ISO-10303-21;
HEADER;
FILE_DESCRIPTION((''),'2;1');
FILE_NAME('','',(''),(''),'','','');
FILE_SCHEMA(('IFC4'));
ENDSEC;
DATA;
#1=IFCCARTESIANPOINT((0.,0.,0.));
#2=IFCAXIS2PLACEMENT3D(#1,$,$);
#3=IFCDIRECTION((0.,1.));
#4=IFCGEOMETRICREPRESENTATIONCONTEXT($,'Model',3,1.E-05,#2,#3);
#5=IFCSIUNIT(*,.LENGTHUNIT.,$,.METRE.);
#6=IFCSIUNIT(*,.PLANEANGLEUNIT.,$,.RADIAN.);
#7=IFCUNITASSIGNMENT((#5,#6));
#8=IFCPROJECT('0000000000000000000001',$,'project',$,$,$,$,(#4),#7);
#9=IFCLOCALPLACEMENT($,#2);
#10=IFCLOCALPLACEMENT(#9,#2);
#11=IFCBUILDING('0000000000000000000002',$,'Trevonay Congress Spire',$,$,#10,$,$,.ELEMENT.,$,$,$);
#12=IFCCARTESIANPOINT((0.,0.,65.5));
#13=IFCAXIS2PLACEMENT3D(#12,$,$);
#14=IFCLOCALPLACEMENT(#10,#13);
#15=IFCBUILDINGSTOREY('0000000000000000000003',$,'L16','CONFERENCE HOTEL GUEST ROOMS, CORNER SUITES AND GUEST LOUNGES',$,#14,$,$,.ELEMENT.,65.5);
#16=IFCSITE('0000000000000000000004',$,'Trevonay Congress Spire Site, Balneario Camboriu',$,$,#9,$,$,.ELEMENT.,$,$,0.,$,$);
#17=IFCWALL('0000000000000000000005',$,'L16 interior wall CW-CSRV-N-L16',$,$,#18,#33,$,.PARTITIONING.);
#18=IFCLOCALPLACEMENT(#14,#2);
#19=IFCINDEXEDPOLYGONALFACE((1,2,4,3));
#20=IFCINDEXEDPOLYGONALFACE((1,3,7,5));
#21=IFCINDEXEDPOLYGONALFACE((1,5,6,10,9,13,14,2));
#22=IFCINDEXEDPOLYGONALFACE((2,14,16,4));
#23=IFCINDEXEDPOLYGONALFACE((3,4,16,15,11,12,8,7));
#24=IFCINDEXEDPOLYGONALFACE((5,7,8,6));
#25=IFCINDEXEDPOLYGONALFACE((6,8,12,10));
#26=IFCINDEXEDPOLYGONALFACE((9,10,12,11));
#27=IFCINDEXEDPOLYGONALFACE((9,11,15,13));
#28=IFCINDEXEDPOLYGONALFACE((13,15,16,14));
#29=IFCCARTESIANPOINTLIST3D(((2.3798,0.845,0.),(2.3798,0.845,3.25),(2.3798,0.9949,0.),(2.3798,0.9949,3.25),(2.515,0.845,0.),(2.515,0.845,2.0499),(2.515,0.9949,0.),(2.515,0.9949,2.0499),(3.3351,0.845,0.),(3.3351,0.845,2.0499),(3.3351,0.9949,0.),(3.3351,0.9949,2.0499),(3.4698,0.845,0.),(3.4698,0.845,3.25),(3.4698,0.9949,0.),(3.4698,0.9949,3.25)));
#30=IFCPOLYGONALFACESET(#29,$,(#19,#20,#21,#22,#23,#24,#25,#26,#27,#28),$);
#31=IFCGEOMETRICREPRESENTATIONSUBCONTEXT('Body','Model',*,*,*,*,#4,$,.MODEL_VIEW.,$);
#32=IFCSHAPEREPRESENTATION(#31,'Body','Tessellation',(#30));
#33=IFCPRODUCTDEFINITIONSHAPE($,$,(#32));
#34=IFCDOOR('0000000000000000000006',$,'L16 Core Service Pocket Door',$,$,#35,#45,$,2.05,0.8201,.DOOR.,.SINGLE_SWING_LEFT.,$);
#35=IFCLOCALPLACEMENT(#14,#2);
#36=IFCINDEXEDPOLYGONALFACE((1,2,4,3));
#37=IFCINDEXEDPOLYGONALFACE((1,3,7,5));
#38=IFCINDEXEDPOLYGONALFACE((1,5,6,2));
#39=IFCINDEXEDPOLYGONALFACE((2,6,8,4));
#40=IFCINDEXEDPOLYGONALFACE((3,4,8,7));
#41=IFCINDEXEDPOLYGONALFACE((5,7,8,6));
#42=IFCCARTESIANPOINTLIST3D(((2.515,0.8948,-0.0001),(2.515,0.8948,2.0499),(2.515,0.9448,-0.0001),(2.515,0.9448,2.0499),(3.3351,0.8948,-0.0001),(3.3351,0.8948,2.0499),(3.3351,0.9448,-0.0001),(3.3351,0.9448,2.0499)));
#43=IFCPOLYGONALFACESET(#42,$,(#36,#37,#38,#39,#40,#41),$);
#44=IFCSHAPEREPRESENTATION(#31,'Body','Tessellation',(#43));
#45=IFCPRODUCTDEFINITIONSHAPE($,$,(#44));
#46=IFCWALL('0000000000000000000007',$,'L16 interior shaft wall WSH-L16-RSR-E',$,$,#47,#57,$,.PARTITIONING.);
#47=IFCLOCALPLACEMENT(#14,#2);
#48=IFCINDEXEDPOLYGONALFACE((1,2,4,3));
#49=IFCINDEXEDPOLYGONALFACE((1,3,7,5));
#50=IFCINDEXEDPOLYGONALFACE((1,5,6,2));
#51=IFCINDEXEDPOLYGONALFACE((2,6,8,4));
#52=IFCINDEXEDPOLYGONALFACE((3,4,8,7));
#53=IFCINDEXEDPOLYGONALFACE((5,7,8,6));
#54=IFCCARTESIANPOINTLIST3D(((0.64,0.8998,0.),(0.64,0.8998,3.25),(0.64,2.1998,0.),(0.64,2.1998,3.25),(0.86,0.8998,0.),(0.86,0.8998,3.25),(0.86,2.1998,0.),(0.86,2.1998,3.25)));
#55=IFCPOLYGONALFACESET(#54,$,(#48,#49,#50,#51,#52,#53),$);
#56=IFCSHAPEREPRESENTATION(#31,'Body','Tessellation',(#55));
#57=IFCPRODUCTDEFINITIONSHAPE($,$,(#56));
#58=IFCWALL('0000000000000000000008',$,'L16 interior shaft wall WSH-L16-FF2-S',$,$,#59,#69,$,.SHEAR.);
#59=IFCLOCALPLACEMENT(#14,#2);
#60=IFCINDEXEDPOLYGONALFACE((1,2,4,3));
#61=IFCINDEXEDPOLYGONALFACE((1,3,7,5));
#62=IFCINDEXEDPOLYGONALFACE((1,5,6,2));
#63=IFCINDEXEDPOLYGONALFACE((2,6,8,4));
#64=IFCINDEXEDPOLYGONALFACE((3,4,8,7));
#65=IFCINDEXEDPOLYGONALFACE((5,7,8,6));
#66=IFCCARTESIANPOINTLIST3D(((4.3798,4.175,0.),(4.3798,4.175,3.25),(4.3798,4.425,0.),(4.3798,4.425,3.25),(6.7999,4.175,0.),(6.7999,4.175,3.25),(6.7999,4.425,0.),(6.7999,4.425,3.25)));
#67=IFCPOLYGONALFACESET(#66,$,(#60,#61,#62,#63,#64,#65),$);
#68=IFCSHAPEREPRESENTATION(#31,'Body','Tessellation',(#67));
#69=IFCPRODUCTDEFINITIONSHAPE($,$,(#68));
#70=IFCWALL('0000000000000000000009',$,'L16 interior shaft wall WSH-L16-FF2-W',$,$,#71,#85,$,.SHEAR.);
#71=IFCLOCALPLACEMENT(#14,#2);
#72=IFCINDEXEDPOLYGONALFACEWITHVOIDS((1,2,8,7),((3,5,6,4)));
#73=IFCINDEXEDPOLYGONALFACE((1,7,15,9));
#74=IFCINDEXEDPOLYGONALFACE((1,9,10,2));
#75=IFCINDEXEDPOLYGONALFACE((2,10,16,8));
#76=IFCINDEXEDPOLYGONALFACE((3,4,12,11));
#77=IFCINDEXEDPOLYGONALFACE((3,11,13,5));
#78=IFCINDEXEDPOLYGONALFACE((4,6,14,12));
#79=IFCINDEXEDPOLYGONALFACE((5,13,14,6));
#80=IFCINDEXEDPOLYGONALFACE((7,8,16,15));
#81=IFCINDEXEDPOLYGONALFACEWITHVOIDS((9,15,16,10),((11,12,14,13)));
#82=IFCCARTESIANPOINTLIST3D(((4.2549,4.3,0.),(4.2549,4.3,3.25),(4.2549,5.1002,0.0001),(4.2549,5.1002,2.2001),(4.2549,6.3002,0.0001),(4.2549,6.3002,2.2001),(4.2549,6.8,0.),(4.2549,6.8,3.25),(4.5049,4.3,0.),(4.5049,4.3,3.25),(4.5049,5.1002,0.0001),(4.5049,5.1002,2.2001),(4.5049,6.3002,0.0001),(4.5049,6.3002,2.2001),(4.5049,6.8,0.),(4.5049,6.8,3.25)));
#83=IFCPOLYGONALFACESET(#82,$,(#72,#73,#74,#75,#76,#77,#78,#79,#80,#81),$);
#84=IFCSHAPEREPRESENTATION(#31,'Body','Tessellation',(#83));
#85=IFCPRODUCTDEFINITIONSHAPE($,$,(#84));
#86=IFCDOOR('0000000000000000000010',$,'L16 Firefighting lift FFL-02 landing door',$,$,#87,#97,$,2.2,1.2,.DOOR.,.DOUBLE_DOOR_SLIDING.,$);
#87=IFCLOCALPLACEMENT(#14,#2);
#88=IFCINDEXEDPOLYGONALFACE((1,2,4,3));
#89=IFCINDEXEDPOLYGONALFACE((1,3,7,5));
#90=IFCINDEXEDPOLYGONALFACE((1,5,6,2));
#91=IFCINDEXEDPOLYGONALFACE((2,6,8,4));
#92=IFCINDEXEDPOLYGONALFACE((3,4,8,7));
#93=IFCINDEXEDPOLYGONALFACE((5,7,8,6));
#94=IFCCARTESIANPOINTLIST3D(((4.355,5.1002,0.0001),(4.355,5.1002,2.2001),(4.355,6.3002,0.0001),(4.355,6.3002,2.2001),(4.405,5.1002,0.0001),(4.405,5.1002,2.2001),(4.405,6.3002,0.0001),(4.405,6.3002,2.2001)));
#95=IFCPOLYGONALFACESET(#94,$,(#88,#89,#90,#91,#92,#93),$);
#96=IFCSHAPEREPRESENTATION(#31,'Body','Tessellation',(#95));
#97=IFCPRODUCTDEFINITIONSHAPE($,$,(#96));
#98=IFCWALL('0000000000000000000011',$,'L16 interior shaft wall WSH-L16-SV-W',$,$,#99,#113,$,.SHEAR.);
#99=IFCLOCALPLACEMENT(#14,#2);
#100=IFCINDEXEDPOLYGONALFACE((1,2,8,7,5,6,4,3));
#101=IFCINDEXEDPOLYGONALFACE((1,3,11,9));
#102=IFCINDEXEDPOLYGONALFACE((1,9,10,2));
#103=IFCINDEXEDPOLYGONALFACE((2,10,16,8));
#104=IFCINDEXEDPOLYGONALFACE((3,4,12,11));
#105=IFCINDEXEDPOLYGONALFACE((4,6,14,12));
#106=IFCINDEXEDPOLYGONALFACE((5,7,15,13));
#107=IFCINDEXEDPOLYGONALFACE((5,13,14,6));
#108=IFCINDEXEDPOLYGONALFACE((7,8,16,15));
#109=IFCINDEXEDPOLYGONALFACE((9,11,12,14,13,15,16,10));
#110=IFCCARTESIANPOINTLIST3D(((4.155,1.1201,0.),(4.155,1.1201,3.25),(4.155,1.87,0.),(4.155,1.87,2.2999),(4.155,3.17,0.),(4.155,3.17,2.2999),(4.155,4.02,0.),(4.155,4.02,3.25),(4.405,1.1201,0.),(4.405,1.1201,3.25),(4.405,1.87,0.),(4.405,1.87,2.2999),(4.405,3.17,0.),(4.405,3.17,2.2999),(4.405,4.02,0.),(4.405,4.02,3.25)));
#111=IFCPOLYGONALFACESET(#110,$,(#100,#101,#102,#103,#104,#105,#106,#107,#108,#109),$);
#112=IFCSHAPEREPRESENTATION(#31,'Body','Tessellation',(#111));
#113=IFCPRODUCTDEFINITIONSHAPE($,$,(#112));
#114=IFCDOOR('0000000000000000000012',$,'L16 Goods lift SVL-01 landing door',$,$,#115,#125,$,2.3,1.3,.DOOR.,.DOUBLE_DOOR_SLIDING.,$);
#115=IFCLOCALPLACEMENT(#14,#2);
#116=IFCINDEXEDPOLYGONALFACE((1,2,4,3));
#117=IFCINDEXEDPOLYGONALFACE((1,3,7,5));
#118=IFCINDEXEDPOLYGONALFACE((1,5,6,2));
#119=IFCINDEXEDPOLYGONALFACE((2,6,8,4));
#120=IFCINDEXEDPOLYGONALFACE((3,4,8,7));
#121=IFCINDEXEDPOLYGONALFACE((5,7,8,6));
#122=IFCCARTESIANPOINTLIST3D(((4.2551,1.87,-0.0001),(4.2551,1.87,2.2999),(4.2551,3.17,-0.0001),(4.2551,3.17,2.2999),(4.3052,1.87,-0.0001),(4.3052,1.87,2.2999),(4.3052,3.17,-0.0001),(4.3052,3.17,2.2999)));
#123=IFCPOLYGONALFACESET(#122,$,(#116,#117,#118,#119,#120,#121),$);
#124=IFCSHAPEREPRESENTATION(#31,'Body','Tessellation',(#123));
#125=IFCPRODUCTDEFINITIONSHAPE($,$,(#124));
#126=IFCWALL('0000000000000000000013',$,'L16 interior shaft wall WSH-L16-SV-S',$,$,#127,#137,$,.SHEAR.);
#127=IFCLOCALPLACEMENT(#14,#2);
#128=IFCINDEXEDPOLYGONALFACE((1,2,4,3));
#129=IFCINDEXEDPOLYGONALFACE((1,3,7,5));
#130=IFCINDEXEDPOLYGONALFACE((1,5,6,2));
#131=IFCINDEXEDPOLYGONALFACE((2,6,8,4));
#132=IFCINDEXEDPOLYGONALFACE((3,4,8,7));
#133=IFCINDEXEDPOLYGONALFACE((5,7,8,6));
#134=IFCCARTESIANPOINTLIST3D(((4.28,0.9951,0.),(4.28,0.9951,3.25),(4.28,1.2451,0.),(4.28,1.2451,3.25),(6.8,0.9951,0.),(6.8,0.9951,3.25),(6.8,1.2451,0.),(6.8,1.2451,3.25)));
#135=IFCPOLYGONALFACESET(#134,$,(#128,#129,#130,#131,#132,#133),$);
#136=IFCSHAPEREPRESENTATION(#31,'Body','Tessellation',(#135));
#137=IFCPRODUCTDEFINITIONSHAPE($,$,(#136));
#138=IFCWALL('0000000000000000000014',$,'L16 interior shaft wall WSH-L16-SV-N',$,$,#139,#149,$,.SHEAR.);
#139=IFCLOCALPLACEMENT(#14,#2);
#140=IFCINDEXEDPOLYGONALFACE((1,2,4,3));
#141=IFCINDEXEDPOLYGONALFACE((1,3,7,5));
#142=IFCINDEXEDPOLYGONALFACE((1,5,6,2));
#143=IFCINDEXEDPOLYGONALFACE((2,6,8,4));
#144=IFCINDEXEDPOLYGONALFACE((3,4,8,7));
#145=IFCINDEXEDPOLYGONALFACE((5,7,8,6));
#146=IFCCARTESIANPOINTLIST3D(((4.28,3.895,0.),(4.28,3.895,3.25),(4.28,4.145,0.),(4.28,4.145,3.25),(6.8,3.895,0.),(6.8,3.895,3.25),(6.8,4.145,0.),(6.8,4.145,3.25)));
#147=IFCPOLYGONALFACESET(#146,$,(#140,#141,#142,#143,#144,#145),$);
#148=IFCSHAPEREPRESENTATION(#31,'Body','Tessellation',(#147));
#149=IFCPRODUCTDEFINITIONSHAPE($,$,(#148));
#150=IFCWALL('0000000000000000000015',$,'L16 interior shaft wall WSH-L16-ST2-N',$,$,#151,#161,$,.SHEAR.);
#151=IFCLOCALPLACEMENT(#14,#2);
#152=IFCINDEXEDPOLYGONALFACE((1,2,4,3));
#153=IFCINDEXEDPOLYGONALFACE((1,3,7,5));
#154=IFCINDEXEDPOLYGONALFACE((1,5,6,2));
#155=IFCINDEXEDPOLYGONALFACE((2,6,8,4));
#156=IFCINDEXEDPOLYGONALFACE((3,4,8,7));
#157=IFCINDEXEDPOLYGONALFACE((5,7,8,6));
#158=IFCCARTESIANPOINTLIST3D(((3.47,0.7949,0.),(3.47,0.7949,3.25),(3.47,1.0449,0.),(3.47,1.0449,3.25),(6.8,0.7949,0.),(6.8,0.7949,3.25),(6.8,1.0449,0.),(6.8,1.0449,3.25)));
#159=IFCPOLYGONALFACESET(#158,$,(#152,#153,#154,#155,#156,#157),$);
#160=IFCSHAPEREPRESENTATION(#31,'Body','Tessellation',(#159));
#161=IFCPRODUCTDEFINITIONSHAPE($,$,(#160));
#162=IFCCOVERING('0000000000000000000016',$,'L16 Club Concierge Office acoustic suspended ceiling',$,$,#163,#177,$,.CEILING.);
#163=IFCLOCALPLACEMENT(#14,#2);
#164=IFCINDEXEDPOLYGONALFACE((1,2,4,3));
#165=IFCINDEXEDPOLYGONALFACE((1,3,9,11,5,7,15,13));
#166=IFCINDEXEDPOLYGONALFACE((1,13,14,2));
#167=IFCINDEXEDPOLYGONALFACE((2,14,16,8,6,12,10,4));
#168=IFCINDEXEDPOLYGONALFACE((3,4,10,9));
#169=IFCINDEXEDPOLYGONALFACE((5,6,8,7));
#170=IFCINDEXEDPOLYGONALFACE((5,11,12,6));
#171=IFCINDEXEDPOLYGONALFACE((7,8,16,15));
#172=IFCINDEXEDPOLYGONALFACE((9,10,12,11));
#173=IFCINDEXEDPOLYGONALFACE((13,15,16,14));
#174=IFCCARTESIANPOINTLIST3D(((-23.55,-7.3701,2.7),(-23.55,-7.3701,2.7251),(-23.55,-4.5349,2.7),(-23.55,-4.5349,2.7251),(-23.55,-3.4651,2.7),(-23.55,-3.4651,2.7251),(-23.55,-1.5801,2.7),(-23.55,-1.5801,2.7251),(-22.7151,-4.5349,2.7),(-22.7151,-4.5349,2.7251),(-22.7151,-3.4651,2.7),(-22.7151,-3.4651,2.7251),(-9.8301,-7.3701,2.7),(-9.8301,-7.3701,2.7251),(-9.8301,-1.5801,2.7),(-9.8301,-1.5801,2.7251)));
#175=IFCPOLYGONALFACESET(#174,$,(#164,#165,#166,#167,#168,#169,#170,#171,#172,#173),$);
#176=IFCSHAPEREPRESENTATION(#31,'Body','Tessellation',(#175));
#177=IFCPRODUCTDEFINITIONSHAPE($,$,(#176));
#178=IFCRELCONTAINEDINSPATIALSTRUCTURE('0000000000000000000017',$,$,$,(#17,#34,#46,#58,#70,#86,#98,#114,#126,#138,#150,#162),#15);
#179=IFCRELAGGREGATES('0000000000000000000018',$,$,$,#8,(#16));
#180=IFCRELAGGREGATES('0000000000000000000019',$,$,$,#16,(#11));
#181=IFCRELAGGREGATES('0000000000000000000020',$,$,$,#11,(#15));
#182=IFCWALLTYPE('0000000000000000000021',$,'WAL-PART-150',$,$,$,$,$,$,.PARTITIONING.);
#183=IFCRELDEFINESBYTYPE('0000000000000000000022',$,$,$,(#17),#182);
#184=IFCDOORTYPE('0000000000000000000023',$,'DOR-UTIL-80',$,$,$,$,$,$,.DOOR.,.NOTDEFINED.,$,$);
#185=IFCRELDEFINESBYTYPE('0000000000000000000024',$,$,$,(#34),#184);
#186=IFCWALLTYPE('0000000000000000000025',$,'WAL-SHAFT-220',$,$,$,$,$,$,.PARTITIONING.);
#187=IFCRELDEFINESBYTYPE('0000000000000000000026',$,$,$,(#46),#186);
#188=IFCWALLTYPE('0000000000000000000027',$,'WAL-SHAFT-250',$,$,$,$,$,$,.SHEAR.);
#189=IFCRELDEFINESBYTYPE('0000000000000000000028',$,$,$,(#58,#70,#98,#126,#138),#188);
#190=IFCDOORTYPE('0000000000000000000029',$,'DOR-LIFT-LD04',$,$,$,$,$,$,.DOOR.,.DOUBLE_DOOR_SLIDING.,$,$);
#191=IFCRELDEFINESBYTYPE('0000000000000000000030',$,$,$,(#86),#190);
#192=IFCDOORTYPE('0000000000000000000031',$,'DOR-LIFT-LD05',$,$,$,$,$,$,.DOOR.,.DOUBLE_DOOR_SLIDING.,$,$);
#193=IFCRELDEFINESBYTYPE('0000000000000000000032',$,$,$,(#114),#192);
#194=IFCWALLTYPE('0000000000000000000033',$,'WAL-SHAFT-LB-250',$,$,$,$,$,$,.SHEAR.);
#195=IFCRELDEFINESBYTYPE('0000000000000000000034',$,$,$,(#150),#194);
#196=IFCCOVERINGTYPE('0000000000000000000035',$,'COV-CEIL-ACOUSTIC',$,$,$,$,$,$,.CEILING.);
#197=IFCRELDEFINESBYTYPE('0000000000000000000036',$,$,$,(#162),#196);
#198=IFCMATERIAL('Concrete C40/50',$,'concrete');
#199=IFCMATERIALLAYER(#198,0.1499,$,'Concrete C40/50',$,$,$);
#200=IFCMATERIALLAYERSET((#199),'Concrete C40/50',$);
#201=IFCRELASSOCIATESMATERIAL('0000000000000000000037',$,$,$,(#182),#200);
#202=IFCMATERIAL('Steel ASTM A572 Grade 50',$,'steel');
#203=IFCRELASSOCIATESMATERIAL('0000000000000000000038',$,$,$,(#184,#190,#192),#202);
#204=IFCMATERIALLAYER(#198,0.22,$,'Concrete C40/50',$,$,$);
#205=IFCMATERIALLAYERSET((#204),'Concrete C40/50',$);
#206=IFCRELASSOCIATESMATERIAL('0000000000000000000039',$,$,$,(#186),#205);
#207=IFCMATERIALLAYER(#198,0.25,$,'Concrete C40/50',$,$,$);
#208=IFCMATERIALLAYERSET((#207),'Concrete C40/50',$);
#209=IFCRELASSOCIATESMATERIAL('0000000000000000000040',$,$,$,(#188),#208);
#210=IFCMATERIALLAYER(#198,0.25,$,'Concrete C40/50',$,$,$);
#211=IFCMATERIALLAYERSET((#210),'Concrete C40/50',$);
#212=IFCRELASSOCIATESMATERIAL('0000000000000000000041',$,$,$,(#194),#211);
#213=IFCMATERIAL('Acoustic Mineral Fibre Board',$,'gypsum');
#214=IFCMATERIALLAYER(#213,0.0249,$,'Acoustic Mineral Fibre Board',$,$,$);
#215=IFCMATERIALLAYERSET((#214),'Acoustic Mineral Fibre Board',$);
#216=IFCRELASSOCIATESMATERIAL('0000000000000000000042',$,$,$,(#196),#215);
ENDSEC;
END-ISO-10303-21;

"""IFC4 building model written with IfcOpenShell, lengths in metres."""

from ifc_helpers import new_model, si_unit, direction, frame, frame_2d, origin, place, context, subcontext, project, spatial, polyline, rectangle, outline, extrude, material, layer, layer_set, type_object, element, fill, save


model = new_model("IFC4")

# Units and contexts
model_context = context("Model", 3, precision=1e-05, world=origin(), true_north=direction((0.0, 1.0)))
body_context = subcontext(model_context, "Body", "Model", "MODEL_VIEW")
ifc_project = project(units=[si_unit("LENGTHUNIT", "METRE"), si_unit("PLANEANGLEUNIT", "RADIAN")], contexts=[model_context])

# Site, building, storey
site_placement = place(None, origin())
site = spatial("IfcSite", under=ifc_project, at=site_placement, Name="Trevonay Congress Spire Site, Balneario Camboriu", CompositionType="ELEMENT", RefElevation=0.0)
building_placement = place(site_placement, origin())
building = spatial("IfcBuilding", under=site, at=building_placement, Name="Trevonay Congress Spire", CompositionType="ELEMENT")
storey_placement = place(building_placement, frame((0.0, 0.0, 65.5)))
storey = spatial("IfcBuildingStorey", under=building, at=storey_placement, Name="L16", Description="CONFERENCE HOTEL GUEST ROOMS, CORNER SUITES AND GUEST LOUNGES", CompositionType="ELEMENT", Elevation=65.5)

# Shared definitions
ifc_material_1 = material(Name="Steel ASTM A572 Grade 50", Category="steel")

# Wall, opening, door
ifc_material_2 = material(Name="Concrete C40/50", Category="concrete")
ifc_layer_1 = layer(ifc_material_2, 0.1499, Name="Concrete C40/50")
ifc_layer_set_1 = layer_set([ifc_layer_1], Name="Concrete C40/50")
wall_type_1 = type_object("IfcWallType", Name="WAL-PART-150", PredefinedType="PARTITIONING", material=ifc_layer_set_1)
wall_1_placement = place(storey_placement, frame((2.3799, 0.9199, 0.0), z_axis=(0.0, 0.0, 1.0), x_axis=(1.0, 0.0, 0.0)))
wall_1 = element("IfcWall", 1, at=wall_1_placement, inside=storey, type_object=wall_type_1, Name="L16 interior wall CW-CSRV-N-L16", PredefinedType="PARTITIONING", context=body_context, shape_type="SweptSolid", body=[
    extrude(rectangle(XDim=1.0901, YDim=0.1499, at=frame_2d((0.5449, 0.0))), origin(), (0.0, 0.0, 1.0), 3.25),
])
opening_1_placement = place(wall_1_placement, frame((0.135, 0.0, 0.0)))
opening_1 = element("IfcOpeningElement", 2, at=opening_1_placement, cuts=wall_1, PredefinedType="OPENING", context=body_context, shape_type="SweptSolid", body=[
    extrude(rectangle(XDim=0.8201, YDim=2.05, at=frame_2d((0.4102, 1.0249))), frame((0.0, 0.085, 0.0), z_axis=(0.0, -1.0, 0.0), x_axis=(1.0, 0.0, 0.0)), (0.0, 0.0, 1.0), 0.1699),
])
door_type_1 = type_object("IfcDoorType", Name="DOR-UTIL-80", OperationType="NOTDEFINED", PredefinedType="DOOR", material=ifc_material_1)
door_1_placement = place(opening_1_placement, origin())
door_1 = element("IfcDoor", 3, at=door_1_placement, inside=storey, type_object=door_type_1, Name="L16 Core Service Pocket Door", OperationType="SINGLE_SWING_LEFT", OverallHeight=2.05, OverallWidth=0.8201, PredefinedType="DOOR", context=body_context, shape_type="SweptSolid", body=[
    extrude(rectangle(XDim=0.8201, YDim=2.05, at=frame_2d((0.4102, 1.0249))), frame((0.0, 0.0249, 0.0), z_axis=(0.0, -1.0, 0.0), x_axis=(1.0, 0.0, 0.0)), (0.0, 0.0, 1.0), 0.05),
])
fill(opening_1, door_1)

# Walls
ifc_layer_2 = layer(ifc_material_2, 0.22, Name="Concrete C40/50")
ifc_layer_set_2 = layer_set([ifc_layer_2], Name="Concrete C40/50")
wall_type_2 = type_object("IfcWallType", Name="WAL-SHAFT-220", PredefinedType="PARTITIONING", material=ifc_layer_set_2)
wall_2_placement = place(storey_placement, frame((0.75, 0.8999, 0.0), z_axis=(0.0, 0.0, 1.0), x_axis=(0.0, 1.0, 0.0)))
element("IfcWall", 4, at=wall_2_placement, inside=storey, type_object=wall_type_2, Name="L16 interior shaft wall WSH-L16-RSR-E", PredefinedType="PARTITIONING", context=body_context, shape_type="SweptSolid", body=[
    extrude(rectangle(XDim=1.3, YDim=0.22, at=frame_2d((0.6499, 0.0))), origin(), (0.0, 0.0, 1.0), 3.25),
])
ifc_layer_3 = layer(ifc_material_2, 0.25, Name="Concrete C40/50")
ifc_layer_set_3 = layer_set([ifc_layer_3], Name="Concrete C40/50")
wall_type_3 = type_object("IfcWallType", Name="WAL-SHAFT-250", PredefinedType="SHEAR", material=ifc_layer_set_3)
wall_3_placement = place(storey_placement, frame((4.3799, 4.3, 0.0), z_axis=(0.0, 0.0, 1.0), x_axis=(1.0, 0.0, 0.0)))
element("IfcWall", 5, at=wall_3_placement, inside=storey, type_object=wall_type_3, Name="L16 interior shaft wall WSH-L16-FF2-S", PredefinedType="SHEAR", context=body_context, shape_type="SweptSolid", body=[
    extrude(rectangle(XDim=2.4202, YDim=0.25, at=frame_2d((1.21, 0.0))), origin(), (0.0, 0.0, 1.0), 3.25),
])

# Walls, openings, doors
wall_4_placement = place(storey_placement, frame((4.3799, 4.3, 0.0), z_axis=(0.0, 0.0, 1.0), x_axis=(0.0, 1.0, 0.0)))
wall_4 = element("IfcWall", 6, at=wall_4_placement, inside=storey, type_object=wall_type_3, Name="L16 interior shaft wall WSH-L16-FF2-W", PredefinedType="SHEAR", context=body_context, shape_type="SweptSolid", body=[
    extrude(rectangle(XDim=2.5, YDim=0.25, at=frame_2d((1.25, 0.0))), origin(), (0.0, 0.0, 1.0), 3.25),
])
opening_2_placement = place(wall_4_placement, frame((0.8, 0.0, 0.0)))
opening_2 = element("IfcOpeningElement", 7, at=opening_2_placement, cuts=wall_4, PredefinedType="OPENING", context=body_context, shape_type="SweptSolid", body=[
    extrude(rectangle(XDim=1.2, YDim=2.2, at=frame_2d((0.6001, 1.1001))), frame((0.0, 0.135, 0.0), z_axis=(0.0, -1.0, 0.0), x_axis=(1.0, 0.0, 0.0)), (0.0, 0.0, 1.0), 0.27),
])
door_type_2 = type_object("IfcDoorType", Name="DOR-LIFT-LD04", OperationType="DOUBLE_DOOR_SLIDING", PredefinedType="DOOR", material=ifc_material_1)
door_2_placement = place(opening_2_placement, origin())
door_2 = element("IfcDoor", 8, at=door_2_placement, inside=storey, type_object=door_type_2, Name="L16 Firefighting lift FFL-02 landing door", OperationType="DOUBLE_DOOR_SLIDING", OverallHeight=2.2, OverallWidth=1.2, PredefinedType="DOOR", context=body_context, shape_type="SweptSolid", body=[
    extrude(rectangle(XDim=1.2, YDim=2.2, at=frame_2d((0.6001, 1.1001))), frame((0.0, 0.0249, 0.0), z_axis=(0.0, -1.0, 0.0), x_axis=(1.0, 0.0, 0.0)), (0.0, 0.0, 1.0), 0.05),
])
fill(opening_2, door_2)
wall_5_placement = place(storey_placement, frame((4.28, 1.1201, 0.0), z_axis=(0.0, 0.0, 1.0), x_axis=(0.0, 1.0, 0.0)))
wall_5 = element("IfcWall", 9, at=wall_5_placement, inside=storey, type_object=wall_type_3, Name="L16 interior shaft wall WSH-L16-SV-W", PredefinedType="SHEAR", context=body_context, shape_type="SweptSolid", body=[
    extrude(rectangle(XDim=2.8999, YDim=0.25, at=frame_2d((1.45, 0.0))), origin(), (0.0, 0.0, 1.0), 3.25),
])
opening_3_placement = place(wall_5_placement, frame((0.75, 0.0, 0.0)))
opening_3 = element("IfcOpeningElement", 10, at=opening_3_placement, cuts=wall_5, PredefinedType="OPENING", context=body_context, shape_type="SweptSolid", body=[
    extrude(rectangle(XDim=1.3, YDim=2.3, at=frame_2d((0.6499, 1.1499))), frame((0.0, 0.135, 0.0), z_axis=(0.0, -1.0, 0.0), x_axis=(1.0, 0.0, 0.0)), (0.0, 0.0, 1.0), 0.27),
])
door_type_3 = type_object("IfcDoorType", Name="DOR-LIFT-LD05", OperationType="DOUBLE_DOOR_SLIDING", PredefinedType="DOOR", material=ifc_material_1)
door_3_placement = place(opening_3_placement, origin())
door_3 = element("IfcDoor", 11, at=door_3_placement, inside=storey, type_object=door_type_3, Name="L16 Goods lift SVL-01 landing door", OperationType="DOUBLE_DOOR_SLIDING", OverallHeight=2.3, OverallWidth=1.3, PredefinedType="DOOR", context=body_context, shape_type="SweptSolid", body=[
    extrude(rectangle(XDim=1.3, YDim=2.3, at=frame_2d((0.6499, 1.1499))), frame((0.0, 0.0249, 0.0), z_axis=(0.0, -1.0, 0.0), x_axis=(1.0, 0.0, 0.0)), (0.0, 0.0, 1.0), 0.05),
])
fill(opening_3, door_3)

# Walls
for number, where, z_axis, x_axis, name in (
    (12, (4.28, 1.1201, 0.0), (0.0, 0.0, 1.0), (1.0, 0.0, 0.0), "L16 interior shaft wall WSH-L16-SV-S"),
    (13, (4.28, 4.02, 0.0), (0.0, 0.0, 1.0), (1.0, 0.0, 0.0), "L16 interior shaft wall WSH-L16-SV-N"),
):
    element("IfcWall", number, at=place(storey_placement, frame(where, z_axis=z_axis, x_axis=x_axis)), inside=storey, type_object=wall_type_3, Name=name, PredefinedType="SHEAR", context=body_context, shape_type="SweptSolid", body=[
        extrude(rectangle(XDim=2.52, YDim=0.25, at=frame_2d((1.26, 0.0))), origin(), (0.0, 0.0, 1.0), 3.25),
    ])
ifc_layer_4 = layer(ifc_material_2, 0.25, Name="Concrete C40/50")
ifc_layer_set_4 = layer_set([ifc_layer_4], Name="Concrete C40/50")
wall_type_4 = type_object("IfcWallType", Name="WAL-SHAFT-LB-250", PredefinedType="SHEAR", material=ifc_layer_set_4)
wall_6_placement = place(storey_placement, frame((3.47, 0.9199, 0.0), z_axis=(0.0, 0.0, 1.0), x_axis=(1.0, 0.0, 0.0)))
element("IfcWall", 14, at=wall_6_placement, inside=storey, type_object=wall_type_4, Name="L16 interior shaft wall WSH-L16-ST2-N", PredefinedType="SHEAR", context=body_context, shape_type="SweptSolid", body=[
    extrude(rectangle(XDim=3.3301, YDim=0.25, at=frame_2d((1.665, 0.0))), origin(), (0.0, 0.0, 1.0), 3.25),
])

# Covering
ifc_material_3 = material(Name="Acoustic Mineral Fibre Board", Category="gypsum")
ifc_layer_5 = layer(ifc_material_3, 0.0249, Name="Acoustic Mineral Fibre Board")
ifc_layer_set_5 = layer_set([ifc_layer_5], Name="Acoustic Mineral Fibre Board")
covering_type_1 = type_object("IfcCoveringType", Name="COV-CEIL-ACOUSTIC", PredefinedType="CEILING", material=ifc_layer_set_5)
covering_1_placement = place(storey_placement, frame((0.0, 0.0, 2.7)))
element("IfcCovering", 15, at=covering_1_placement, inside=storey, type_object=covering_type_1, Name="L16 Club Concierge Office acoustic suspended ceiling", PredefinedType="CEILING", context=body_context, shape_type="SweptSolid", body=[
    extrude(outline(polyline([(-23.55, -1.5801), (-9.8301, -1.5801), (-9.8301, -7.3701), (-23.55, -7.3701), (-23.55, -4.5349), (-22.7151, -4.5349), (-22.7151, -3.4651), (-23.55, -3.4651), (-23.55, -1.5801)])), origin(), (0.0, 0.0, 1.0), 0.0251),
])

save(model, "model.ifc")
